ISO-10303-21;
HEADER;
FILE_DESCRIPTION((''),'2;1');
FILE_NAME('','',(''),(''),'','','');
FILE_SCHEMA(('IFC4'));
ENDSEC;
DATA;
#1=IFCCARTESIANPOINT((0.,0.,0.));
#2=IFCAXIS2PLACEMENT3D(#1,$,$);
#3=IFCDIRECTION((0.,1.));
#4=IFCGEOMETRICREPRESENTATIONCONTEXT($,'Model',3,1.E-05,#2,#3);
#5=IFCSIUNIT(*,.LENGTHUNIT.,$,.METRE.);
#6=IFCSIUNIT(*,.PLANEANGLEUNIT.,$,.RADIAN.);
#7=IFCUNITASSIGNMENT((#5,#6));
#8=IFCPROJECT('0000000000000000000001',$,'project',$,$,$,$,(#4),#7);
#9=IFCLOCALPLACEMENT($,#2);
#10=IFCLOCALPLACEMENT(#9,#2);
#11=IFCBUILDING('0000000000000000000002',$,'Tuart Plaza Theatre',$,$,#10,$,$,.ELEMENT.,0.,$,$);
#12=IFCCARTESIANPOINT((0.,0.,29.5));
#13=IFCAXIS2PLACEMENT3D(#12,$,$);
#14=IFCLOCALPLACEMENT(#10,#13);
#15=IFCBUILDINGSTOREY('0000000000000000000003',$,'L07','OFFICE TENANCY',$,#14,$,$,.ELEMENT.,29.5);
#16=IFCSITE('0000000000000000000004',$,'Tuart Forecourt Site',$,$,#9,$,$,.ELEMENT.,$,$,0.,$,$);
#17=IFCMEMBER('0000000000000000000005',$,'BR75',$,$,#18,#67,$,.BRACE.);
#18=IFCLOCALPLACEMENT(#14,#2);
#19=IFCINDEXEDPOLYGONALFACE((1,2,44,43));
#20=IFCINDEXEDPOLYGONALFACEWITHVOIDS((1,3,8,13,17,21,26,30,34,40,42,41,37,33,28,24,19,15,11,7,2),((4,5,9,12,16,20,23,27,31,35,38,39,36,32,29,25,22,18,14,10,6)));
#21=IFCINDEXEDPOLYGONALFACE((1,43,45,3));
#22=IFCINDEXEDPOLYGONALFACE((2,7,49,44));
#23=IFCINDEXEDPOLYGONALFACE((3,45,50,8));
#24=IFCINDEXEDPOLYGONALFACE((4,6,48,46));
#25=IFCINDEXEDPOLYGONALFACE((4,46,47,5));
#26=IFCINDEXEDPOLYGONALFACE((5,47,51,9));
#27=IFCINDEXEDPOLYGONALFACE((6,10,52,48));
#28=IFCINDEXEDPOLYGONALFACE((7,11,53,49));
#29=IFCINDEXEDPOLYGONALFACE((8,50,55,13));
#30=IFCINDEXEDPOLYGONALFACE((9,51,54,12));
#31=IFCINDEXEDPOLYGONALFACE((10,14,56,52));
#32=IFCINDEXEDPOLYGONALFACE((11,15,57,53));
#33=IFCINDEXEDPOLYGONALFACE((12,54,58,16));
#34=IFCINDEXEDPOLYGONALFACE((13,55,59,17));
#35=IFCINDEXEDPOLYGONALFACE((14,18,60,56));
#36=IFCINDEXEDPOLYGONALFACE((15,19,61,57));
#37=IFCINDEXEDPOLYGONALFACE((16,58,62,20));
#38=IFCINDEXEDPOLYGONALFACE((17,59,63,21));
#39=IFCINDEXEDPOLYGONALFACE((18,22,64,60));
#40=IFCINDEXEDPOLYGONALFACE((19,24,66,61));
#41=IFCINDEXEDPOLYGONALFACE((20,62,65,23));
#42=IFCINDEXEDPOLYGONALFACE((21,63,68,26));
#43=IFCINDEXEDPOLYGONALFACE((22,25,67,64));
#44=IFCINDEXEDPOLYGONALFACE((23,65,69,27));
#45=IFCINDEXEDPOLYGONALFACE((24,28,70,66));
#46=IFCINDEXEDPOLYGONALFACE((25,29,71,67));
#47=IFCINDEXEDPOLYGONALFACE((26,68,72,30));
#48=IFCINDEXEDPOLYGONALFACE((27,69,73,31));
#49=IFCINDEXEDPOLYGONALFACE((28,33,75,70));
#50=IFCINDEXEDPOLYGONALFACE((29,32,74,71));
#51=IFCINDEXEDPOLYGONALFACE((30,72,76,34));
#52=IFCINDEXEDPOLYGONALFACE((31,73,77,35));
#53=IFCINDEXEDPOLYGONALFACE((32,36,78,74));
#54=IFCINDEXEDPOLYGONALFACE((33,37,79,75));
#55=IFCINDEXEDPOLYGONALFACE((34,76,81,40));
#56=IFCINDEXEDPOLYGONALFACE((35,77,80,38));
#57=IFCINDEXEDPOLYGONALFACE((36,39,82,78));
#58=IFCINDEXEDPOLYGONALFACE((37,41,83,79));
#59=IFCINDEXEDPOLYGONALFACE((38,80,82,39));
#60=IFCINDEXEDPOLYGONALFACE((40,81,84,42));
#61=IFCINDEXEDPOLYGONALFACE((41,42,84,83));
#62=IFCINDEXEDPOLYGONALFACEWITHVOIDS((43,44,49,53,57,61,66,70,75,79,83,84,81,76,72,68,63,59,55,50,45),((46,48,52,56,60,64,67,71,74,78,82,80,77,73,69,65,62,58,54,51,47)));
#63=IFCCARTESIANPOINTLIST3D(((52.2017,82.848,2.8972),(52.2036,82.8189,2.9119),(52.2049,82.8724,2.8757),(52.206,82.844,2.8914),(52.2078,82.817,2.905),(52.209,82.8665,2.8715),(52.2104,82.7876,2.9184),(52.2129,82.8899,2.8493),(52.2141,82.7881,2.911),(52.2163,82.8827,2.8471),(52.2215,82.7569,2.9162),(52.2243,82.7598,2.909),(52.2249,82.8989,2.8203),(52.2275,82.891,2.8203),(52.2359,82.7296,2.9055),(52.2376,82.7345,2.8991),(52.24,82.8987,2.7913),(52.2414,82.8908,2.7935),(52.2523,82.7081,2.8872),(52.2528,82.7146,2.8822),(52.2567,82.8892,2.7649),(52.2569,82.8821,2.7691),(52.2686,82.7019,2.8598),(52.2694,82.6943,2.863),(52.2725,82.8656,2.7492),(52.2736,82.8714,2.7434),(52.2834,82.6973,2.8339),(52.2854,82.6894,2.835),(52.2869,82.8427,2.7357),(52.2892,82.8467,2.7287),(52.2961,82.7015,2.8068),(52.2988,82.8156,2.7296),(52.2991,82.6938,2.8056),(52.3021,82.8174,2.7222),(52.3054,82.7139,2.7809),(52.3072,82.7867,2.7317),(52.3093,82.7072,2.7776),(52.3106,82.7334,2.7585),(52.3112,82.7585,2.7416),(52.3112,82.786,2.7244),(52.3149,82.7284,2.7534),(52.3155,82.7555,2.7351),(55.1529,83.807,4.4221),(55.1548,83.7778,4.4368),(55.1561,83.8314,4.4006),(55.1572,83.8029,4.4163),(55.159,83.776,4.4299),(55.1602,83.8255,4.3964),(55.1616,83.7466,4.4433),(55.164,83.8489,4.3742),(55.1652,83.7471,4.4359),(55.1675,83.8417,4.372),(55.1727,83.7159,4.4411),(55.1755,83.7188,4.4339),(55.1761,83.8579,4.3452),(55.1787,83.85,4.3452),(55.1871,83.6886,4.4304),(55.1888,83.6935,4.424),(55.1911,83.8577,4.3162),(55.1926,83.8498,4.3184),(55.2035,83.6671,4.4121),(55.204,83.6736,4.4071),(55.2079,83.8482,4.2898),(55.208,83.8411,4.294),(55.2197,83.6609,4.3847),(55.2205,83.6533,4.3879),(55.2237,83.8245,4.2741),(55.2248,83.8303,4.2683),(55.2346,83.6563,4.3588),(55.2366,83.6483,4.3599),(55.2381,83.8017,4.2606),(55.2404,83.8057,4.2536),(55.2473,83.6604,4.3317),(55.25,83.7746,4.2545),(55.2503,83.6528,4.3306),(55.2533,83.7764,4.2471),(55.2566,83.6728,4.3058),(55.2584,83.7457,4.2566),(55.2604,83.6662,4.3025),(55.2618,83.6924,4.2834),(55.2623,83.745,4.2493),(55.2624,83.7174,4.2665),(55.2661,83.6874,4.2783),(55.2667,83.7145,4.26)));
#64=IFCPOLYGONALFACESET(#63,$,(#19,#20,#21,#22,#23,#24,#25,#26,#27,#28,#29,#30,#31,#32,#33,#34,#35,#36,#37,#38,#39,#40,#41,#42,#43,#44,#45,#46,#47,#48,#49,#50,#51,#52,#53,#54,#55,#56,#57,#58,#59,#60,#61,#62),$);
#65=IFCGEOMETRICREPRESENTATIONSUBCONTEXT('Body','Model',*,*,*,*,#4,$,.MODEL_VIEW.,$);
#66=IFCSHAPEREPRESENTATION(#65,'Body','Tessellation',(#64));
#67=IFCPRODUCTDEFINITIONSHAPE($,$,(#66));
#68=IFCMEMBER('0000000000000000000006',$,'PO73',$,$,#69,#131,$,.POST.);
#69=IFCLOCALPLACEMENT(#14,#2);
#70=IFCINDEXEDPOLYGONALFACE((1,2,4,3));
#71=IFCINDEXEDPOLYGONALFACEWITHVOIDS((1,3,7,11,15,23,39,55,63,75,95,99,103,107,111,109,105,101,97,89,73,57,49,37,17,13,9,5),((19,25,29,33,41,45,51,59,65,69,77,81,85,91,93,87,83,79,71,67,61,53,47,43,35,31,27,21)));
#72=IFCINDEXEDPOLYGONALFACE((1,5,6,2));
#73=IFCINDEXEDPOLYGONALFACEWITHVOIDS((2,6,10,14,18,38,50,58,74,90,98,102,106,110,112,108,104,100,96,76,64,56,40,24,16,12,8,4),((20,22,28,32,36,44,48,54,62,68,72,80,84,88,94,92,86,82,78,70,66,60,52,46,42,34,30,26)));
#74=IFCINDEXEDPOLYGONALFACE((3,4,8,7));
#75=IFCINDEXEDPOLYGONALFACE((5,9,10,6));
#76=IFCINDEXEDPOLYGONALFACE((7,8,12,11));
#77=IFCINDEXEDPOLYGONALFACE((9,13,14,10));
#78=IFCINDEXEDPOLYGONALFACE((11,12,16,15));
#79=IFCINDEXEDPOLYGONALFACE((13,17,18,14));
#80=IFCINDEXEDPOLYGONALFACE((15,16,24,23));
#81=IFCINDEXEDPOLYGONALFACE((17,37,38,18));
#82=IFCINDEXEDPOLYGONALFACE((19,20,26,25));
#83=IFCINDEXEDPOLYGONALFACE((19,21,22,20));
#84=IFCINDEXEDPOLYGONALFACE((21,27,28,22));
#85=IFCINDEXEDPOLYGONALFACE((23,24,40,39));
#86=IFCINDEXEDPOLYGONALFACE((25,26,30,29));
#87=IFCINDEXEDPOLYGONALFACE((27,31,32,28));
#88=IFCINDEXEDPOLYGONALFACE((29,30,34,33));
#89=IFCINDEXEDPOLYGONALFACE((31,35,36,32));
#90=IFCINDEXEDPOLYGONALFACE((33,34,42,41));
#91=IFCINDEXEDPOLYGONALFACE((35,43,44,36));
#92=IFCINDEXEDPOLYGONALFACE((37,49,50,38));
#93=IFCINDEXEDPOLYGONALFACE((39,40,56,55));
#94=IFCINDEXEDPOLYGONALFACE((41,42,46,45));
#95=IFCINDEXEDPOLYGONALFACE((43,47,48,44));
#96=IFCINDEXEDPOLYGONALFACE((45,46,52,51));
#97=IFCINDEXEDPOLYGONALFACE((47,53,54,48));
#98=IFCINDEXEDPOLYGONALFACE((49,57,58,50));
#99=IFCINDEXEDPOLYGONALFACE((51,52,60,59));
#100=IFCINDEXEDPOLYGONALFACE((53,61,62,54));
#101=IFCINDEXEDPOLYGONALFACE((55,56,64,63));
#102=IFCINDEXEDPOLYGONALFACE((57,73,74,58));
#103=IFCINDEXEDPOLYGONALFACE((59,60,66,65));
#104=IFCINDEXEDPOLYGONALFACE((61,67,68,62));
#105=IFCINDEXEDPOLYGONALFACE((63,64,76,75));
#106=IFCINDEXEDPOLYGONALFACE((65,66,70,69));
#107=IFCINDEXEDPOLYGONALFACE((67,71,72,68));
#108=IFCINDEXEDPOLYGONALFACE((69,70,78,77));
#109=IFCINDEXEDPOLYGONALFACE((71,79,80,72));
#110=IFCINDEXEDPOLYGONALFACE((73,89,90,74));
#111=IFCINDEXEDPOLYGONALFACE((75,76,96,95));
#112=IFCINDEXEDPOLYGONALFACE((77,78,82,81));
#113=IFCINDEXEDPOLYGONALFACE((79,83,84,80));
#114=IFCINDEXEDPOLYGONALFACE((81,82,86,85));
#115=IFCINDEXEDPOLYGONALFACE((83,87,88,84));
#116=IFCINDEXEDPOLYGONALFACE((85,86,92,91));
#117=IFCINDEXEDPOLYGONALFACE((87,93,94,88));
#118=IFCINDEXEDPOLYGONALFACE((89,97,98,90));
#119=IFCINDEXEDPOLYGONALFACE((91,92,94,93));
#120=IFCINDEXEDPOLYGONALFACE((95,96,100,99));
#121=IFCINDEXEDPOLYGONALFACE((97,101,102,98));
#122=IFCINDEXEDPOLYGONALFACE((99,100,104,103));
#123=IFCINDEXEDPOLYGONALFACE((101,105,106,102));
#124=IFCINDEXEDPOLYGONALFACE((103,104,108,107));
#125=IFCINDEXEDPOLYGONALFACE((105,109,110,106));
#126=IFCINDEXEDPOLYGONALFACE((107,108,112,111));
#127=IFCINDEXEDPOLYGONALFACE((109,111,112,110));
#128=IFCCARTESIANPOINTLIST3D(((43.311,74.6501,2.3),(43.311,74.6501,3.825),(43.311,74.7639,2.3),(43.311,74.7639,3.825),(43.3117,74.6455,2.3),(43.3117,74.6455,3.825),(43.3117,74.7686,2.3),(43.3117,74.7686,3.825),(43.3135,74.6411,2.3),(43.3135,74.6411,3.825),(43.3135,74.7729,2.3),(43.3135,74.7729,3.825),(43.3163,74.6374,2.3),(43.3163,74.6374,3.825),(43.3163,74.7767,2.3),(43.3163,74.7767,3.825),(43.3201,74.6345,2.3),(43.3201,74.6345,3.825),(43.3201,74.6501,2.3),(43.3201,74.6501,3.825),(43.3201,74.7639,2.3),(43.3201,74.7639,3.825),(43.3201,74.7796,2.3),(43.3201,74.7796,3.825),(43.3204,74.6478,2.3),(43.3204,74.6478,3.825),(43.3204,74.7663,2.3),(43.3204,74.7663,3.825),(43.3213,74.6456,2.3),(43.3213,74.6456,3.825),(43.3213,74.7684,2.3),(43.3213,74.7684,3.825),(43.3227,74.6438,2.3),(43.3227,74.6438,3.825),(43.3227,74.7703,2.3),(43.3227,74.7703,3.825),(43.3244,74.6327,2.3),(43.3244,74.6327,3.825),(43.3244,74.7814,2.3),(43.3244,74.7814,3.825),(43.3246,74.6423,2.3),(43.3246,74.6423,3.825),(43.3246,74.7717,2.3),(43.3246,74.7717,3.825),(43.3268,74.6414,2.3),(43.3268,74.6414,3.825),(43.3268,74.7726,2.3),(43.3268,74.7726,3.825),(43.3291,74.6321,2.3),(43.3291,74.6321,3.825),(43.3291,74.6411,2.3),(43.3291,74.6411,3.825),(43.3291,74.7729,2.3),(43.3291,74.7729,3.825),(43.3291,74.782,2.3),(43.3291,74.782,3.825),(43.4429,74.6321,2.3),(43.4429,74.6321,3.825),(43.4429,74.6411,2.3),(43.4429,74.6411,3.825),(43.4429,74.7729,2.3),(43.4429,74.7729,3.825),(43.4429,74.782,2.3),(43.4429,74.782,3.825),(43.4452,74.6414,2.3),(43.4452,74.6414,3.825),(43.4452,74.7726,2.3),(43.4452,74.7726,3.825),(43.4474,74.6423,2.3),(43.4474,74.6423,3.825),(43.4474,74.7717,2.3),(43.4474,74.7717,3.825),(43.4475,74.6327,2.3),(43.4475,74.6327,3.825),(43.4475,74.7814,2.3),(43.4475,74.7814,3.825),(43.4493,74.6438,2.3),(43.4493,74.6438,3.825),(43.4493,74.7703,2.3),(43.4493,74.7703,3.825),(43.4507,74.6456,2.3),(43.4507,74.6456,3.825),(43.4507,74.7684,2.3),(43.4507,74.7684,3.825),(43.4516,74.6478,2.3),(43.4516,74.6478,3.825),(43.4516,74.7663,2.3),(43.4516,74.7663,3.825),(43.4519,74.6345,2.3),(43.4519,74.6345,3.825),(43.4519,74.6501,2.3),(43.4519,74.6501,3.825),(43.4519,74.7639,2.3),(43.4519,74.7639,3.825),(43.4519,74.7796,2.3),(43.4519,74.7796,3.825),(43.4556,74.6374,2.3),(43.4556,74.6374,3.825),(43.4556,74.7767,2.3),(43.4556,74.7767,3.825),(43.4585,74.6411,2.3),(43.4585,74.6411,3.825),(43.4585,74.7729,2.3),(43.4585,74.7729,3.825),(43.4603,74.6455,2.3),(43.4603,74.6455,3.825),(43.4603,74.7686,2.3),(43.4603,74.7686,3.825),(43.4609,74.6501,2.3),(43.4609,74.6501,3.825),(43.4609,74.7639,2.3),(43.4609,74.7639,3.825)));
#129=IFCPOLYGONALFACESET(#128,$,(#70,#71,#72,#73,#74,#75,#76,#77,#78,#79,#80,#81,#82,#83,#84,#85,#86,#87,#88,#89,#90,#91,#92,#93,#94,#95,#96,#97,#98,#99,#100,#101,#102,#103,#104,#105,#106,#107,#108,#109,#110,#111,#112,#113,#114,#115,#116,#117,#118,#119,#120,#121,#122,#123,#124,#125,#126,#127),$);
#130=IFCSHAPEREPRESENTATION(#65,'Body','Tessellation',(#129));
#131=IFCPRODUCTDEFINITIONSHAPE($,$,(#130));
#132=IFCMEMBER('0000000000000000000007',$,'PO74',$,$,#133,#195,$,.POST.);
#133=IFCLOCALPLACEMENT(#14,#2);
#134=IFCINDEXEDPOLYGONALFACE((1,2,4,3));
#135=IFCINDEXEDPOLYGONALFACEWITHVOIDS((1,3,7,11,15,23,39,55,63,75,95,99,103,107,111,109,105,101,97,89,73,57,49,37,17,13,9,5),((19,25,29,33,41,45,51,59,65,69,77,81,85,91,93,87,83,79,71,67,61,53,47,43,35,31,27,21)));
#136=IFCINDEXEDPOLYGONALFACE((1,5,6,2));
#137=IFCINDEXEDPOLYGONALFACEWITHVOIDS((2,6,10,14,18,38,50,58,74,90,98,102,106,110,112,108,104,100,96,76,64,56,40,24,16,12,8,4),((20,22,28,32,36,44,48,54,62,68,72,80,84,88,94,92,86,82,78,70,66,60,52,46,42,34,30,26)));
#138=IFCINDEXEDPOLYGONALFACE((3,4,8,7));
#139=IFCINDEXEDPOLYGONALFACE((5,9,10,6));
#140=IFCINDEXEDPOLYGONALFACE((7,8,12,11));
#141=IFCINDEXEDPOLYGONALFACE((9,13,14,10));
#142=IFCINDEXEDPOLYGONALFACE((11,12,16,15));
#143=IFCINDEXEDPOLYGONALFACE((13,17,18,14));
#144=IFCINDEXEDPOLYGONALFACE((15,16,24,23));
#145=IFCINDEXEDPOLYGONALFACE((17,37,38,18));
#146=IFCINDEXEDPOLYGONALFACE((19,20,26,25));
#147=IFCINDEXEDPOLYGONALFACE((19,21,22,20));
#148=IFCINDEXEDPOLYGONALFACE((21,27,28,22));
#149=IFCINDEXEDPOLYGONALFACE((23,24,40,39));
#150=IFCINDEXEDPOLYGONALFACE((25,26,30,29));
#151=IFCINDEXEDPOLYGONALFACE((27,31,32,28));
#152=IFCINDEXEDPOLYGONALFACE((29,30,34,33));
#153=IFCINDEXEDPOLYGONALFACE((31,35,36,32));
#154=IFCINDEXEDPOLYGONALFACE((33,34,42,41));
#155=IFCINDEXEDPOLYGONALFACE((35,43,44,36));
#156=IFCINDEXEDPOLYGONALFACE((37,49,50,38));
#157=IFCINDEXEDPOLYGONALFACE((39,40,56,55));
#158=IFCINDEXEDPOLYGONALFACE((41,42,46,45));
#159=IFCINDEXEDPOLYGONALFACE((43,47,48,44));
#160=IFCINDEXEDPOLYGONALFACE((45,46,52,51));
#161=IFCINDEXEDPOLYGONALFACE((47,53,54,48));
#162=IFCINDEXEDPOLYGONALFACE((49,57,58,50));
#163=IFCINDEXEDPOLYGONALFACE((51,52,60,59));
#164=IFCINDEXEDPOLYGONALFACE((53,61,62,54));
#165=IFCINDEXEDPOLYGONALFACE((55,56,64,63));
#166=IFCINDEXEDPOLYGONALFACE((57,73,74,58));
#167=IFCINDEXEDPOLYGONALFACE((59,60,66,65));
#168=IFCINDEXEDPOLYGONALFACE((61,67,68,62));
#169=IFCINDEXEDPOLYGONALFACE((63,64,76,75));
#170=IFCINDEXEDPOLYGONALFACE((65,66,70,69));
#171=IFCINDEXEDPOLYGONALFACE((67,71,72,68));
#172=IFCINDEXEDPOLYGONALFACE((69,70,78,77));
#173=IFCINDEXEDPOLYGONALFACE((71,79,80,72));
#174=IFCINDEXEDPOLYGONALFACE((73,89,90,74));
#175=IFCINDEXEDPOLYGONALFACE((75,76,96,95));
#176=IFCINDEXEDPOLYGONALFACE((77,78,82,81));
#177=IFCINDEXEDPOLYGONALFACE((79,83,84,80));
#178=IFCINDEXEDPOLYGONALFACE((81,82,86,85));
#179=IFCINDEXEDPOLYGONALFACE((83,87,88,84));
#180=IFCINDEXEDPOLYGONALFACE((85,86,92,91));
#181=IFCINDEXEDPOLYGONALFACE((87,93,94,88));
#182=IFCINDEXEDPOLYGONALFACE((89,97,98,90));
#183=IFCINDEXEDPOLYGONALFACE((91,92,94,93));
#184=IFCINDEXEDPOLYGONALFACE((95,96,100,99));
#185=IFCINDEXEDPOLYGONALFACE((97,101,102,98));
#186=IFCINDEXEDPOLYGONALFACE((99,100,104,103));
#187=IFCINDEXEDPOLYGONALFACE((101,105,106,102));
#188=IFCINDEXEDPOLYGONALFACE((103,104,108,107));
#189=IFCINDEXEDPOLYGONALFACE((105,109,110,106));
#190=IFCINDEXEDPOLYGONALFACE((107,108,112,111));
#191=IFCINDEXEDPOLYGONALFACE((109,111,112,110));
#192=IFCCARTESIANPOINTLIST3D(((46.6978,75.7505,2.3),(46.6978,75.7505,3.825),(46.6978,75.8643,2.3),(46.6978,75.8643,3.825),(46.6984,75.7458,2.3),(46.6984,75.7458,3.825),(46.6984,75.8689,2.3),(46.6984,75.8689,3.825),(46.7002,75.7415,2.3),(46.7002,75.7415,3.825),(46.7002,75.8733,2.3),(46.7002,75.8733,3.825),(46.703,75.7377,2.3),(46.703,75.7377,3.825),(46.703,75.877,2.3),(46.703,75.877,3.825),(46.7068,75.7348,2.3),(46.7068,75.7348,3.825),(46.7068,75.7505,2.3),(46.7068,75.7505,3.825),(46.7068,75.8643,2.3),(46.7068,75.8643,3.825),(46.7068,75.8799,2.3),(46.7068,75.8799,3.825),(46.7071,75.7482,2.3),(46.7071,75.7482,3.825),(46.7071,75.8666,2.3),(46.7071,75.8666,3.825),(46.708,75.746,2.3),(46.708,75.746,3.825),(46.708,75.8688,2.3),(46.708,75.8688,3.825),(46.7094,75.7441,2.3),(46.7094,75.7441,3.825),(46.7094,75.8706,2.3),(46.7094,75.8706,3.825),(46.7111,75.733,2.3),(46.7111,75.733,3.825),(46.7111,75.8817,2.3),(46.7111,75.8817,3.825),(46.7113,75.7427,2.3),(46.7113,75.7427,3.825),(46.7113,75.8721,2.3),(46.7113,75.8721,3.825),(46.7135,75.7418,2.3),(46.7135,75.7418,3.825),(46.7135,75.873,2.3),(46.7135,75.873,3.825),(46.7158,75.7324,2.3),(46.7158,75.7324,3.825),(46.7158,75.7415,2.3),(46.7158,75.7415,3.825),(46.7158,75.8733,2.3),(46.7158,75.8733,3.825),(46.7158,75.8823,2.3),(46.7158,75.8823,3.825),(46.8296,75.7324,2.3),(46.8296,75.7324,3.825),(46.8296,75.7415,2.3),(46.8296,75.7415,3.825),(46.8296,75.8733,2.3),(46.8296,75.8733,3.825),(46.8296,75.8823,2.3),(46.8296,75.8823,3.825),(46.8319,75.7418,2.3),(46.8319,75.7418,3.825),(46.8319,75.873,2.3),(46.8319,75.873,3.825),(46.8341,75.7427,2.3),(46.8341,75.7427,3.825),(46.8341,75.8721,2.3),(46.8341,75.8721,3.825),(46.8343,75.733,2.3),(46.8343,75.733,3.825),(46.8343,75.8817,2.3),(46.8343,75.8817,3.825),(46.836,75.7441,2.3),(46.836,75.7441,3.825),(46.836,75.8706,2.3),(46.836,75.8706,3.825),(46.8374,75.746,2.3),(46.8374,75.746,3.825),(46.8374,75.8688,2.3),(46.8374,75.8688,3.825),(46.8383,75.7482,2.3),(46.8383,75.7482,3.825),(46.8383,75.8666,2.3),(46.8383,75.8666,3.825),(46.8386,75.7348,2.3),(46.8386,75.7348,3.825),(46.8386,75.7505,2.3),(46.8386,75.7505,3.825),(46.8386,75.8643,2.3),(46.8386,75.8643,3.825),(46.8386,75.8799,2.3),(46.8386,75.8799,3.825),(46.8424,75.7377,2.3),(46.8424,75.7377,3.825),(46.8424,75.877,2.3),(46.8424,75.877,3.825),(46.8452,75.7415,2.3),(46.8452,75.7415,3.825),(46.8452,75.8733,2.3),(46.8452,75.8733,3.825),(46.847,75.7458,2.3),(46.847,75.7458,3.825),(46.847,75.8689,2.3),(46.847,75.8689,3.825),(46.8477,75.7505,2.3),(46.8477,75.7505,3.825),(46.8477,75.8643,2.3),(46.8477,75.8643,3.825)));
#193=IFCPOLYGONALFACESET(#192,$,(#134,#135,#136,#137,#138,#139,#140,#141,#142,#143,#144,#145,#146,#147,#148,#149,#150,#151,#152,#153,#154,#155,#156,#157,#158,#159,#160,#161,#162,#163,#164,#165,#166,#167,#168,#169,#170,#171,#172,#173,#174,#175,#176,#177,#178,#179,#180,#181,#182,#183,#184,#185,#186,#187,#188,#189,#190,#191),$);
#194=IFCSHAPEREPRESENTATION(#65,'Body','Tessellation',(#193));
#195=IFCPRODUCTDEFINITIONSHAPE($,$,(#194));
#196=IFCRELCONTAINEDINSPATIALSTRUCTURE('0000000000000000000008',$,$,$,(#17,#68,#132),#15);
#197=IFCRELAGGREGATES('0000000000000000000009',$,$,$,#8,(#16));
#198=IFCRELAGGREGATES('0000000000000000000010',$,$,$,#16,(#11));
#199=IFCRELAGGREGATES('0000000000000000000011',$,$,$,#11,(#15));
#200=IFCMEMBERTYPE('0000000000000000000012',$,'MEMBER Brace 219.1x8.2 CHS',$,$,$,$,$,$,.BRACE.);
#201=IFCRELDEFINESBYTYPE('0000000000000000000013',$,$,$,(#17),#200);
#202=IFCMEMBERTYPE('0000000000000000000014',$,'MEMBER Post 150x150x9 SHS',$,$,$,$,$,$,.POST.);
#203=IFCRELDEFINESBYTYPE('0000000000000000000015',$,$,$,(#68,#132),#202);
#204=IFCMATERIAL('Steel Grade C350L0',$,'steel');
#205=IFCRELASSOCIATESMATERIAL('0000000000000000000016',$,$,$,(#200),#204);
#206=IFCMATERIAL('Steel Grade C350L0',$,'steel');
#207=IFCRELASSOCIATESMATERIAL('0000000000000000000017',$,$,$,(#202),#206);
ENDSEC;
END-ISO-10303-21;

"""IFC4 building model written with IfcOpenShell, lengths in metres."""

from ifc_helpers import new_model, si_unit, direction, frame, origin, origin_2d, place, context, subcontext, project, spatial, hollow_rectangle, hollow_circle, extrude, material, material_profile, profile_set, type_object, element, save


model = new_model("IFC4")

# Units and contexts
model_context = context("Model", 3, precision=1e-05, world=origin(), true_north=direction((0.0, 1.0)))
body_context = subcontext(model_context, "Body", "Model", "MODEL_VIEW")
ifc_project = project(units=[si_unit("LENGTHUNIT", "METRE"), si_unit("PLANEANGLEUNIT", "RADIAN")], contexts=[model_context])

# Site, building, storey
site_placement = place(None, origin())
site = spatial("IfcSite", under=ifc_project, at=site_placement, Name="Tuart Forecourt Site", CompositionType="ELEMENT", RefElevation=0.0)
building_placement = place(site_placement, origin())
building = spatial("IfcBuilding", under=site, at=building_placement, Name="Tuart Plaza Theatre", CompositionType="ELEMENT", ElevationOfRefHeight=0.0)
storey_placement = place(building_placement, frame((0.0, 0.0, 29.5)))
storey = spatial("IfcBuildingStorey", under=building, at=storey_placement, Name="L07", Description="OFFICE TENANCY", CompositionType="ELEMENT", Elevation=29.5)

# Members
ifc_material_1 = material(Name="Steel Grade C350L0", Category="steel")
ifc_material_profile_1 = material_profile(ifc_material_1, hollow_circle(Radius=0.1096, WallThickness=0.0083, at=origin_2d()), Name="219.1x8.2 CHS")
ifc_profile_set_1 = profile_set([ifc_material_profile_1], Name="Steel Grade C350L0")
member_type_1 = type_object("IfcMemberType", Name="MEMBER Brace 219.1x8.2 CHS", PredefinedType="BRACE", material=ifc_profile_set_1)
member_1_placement = place(storey_placement, frame((52.2588, 82.7947, 2.8203), z_axis=(0.853553, 0.277363, 0.44104), x_axis=(-0.309043, 0.951048, 0.0)))
element("IfcMember", 1, at=member_1_placement, inside=storey, type_object=member_type_1, Name="BR75", PredefinedType="BRACE", context=body_context, shape_type="SweptSolid", body=[
    extrude(hollow_circle(Radius=0.1096, WallThickness=0.0083, at=origin_2d()), origin(), (0.0, 0.0, 1.0), 3.4575),
])
ifc_material_2 = material(Name="Steel Grade C350L0", Category="steel")
ifc_material_profile_2 = material_profile(ifc_material_2, hollow_rectangle(XDim=0.1499, YDim=0.1499, WallThickness=0.009, InnerFilletRadius=0.009, OuterFilletRadius=0.0181, at=origin_2d()), Name="150x150x9 SHS")
ifc_profile_set_2 = profile_set([ifc_material_profile_2], Name="Steel Grade C350L0")
member_type_2 = type_object("IfcMemberType", Name="MEMBER Post 150x150x9 SHS", PredefinedType="POST", material=ifc_profile_set_2)
for number, where, z_axis, x_axis, name in (
    (2, (43.386, 74.707, 2.3), (0.0, 0.0, 1.0), (1.0, 0.0, 0.0), "PO73"),
    (3, (46.7727, 75.8074, 2.3), (0.0, 0.0, 1.0), (1.0, 0.0, 0.0), "PO74"),
):
    element("IfcMember", number, at=place(storey_placement, frame(where, z_axis=z_axis, x_axis=x_axis)), inside=storey, type_object=member_type_2, Name=name, PredefinedType="POST", context=body_context, shape_type="SweptSolid", body=[
        extrude(hollow_rectangle(XDim=0.1499, YDim=0.1499, WallThickness=0.009, InnerFilletRadius=0.009, OuterFilletRadius=0.0181, at=origin_2d()), origin(), (0.0, 0.0, 1.0), 1.5249),
    ])

save(model, "model.ifc")
